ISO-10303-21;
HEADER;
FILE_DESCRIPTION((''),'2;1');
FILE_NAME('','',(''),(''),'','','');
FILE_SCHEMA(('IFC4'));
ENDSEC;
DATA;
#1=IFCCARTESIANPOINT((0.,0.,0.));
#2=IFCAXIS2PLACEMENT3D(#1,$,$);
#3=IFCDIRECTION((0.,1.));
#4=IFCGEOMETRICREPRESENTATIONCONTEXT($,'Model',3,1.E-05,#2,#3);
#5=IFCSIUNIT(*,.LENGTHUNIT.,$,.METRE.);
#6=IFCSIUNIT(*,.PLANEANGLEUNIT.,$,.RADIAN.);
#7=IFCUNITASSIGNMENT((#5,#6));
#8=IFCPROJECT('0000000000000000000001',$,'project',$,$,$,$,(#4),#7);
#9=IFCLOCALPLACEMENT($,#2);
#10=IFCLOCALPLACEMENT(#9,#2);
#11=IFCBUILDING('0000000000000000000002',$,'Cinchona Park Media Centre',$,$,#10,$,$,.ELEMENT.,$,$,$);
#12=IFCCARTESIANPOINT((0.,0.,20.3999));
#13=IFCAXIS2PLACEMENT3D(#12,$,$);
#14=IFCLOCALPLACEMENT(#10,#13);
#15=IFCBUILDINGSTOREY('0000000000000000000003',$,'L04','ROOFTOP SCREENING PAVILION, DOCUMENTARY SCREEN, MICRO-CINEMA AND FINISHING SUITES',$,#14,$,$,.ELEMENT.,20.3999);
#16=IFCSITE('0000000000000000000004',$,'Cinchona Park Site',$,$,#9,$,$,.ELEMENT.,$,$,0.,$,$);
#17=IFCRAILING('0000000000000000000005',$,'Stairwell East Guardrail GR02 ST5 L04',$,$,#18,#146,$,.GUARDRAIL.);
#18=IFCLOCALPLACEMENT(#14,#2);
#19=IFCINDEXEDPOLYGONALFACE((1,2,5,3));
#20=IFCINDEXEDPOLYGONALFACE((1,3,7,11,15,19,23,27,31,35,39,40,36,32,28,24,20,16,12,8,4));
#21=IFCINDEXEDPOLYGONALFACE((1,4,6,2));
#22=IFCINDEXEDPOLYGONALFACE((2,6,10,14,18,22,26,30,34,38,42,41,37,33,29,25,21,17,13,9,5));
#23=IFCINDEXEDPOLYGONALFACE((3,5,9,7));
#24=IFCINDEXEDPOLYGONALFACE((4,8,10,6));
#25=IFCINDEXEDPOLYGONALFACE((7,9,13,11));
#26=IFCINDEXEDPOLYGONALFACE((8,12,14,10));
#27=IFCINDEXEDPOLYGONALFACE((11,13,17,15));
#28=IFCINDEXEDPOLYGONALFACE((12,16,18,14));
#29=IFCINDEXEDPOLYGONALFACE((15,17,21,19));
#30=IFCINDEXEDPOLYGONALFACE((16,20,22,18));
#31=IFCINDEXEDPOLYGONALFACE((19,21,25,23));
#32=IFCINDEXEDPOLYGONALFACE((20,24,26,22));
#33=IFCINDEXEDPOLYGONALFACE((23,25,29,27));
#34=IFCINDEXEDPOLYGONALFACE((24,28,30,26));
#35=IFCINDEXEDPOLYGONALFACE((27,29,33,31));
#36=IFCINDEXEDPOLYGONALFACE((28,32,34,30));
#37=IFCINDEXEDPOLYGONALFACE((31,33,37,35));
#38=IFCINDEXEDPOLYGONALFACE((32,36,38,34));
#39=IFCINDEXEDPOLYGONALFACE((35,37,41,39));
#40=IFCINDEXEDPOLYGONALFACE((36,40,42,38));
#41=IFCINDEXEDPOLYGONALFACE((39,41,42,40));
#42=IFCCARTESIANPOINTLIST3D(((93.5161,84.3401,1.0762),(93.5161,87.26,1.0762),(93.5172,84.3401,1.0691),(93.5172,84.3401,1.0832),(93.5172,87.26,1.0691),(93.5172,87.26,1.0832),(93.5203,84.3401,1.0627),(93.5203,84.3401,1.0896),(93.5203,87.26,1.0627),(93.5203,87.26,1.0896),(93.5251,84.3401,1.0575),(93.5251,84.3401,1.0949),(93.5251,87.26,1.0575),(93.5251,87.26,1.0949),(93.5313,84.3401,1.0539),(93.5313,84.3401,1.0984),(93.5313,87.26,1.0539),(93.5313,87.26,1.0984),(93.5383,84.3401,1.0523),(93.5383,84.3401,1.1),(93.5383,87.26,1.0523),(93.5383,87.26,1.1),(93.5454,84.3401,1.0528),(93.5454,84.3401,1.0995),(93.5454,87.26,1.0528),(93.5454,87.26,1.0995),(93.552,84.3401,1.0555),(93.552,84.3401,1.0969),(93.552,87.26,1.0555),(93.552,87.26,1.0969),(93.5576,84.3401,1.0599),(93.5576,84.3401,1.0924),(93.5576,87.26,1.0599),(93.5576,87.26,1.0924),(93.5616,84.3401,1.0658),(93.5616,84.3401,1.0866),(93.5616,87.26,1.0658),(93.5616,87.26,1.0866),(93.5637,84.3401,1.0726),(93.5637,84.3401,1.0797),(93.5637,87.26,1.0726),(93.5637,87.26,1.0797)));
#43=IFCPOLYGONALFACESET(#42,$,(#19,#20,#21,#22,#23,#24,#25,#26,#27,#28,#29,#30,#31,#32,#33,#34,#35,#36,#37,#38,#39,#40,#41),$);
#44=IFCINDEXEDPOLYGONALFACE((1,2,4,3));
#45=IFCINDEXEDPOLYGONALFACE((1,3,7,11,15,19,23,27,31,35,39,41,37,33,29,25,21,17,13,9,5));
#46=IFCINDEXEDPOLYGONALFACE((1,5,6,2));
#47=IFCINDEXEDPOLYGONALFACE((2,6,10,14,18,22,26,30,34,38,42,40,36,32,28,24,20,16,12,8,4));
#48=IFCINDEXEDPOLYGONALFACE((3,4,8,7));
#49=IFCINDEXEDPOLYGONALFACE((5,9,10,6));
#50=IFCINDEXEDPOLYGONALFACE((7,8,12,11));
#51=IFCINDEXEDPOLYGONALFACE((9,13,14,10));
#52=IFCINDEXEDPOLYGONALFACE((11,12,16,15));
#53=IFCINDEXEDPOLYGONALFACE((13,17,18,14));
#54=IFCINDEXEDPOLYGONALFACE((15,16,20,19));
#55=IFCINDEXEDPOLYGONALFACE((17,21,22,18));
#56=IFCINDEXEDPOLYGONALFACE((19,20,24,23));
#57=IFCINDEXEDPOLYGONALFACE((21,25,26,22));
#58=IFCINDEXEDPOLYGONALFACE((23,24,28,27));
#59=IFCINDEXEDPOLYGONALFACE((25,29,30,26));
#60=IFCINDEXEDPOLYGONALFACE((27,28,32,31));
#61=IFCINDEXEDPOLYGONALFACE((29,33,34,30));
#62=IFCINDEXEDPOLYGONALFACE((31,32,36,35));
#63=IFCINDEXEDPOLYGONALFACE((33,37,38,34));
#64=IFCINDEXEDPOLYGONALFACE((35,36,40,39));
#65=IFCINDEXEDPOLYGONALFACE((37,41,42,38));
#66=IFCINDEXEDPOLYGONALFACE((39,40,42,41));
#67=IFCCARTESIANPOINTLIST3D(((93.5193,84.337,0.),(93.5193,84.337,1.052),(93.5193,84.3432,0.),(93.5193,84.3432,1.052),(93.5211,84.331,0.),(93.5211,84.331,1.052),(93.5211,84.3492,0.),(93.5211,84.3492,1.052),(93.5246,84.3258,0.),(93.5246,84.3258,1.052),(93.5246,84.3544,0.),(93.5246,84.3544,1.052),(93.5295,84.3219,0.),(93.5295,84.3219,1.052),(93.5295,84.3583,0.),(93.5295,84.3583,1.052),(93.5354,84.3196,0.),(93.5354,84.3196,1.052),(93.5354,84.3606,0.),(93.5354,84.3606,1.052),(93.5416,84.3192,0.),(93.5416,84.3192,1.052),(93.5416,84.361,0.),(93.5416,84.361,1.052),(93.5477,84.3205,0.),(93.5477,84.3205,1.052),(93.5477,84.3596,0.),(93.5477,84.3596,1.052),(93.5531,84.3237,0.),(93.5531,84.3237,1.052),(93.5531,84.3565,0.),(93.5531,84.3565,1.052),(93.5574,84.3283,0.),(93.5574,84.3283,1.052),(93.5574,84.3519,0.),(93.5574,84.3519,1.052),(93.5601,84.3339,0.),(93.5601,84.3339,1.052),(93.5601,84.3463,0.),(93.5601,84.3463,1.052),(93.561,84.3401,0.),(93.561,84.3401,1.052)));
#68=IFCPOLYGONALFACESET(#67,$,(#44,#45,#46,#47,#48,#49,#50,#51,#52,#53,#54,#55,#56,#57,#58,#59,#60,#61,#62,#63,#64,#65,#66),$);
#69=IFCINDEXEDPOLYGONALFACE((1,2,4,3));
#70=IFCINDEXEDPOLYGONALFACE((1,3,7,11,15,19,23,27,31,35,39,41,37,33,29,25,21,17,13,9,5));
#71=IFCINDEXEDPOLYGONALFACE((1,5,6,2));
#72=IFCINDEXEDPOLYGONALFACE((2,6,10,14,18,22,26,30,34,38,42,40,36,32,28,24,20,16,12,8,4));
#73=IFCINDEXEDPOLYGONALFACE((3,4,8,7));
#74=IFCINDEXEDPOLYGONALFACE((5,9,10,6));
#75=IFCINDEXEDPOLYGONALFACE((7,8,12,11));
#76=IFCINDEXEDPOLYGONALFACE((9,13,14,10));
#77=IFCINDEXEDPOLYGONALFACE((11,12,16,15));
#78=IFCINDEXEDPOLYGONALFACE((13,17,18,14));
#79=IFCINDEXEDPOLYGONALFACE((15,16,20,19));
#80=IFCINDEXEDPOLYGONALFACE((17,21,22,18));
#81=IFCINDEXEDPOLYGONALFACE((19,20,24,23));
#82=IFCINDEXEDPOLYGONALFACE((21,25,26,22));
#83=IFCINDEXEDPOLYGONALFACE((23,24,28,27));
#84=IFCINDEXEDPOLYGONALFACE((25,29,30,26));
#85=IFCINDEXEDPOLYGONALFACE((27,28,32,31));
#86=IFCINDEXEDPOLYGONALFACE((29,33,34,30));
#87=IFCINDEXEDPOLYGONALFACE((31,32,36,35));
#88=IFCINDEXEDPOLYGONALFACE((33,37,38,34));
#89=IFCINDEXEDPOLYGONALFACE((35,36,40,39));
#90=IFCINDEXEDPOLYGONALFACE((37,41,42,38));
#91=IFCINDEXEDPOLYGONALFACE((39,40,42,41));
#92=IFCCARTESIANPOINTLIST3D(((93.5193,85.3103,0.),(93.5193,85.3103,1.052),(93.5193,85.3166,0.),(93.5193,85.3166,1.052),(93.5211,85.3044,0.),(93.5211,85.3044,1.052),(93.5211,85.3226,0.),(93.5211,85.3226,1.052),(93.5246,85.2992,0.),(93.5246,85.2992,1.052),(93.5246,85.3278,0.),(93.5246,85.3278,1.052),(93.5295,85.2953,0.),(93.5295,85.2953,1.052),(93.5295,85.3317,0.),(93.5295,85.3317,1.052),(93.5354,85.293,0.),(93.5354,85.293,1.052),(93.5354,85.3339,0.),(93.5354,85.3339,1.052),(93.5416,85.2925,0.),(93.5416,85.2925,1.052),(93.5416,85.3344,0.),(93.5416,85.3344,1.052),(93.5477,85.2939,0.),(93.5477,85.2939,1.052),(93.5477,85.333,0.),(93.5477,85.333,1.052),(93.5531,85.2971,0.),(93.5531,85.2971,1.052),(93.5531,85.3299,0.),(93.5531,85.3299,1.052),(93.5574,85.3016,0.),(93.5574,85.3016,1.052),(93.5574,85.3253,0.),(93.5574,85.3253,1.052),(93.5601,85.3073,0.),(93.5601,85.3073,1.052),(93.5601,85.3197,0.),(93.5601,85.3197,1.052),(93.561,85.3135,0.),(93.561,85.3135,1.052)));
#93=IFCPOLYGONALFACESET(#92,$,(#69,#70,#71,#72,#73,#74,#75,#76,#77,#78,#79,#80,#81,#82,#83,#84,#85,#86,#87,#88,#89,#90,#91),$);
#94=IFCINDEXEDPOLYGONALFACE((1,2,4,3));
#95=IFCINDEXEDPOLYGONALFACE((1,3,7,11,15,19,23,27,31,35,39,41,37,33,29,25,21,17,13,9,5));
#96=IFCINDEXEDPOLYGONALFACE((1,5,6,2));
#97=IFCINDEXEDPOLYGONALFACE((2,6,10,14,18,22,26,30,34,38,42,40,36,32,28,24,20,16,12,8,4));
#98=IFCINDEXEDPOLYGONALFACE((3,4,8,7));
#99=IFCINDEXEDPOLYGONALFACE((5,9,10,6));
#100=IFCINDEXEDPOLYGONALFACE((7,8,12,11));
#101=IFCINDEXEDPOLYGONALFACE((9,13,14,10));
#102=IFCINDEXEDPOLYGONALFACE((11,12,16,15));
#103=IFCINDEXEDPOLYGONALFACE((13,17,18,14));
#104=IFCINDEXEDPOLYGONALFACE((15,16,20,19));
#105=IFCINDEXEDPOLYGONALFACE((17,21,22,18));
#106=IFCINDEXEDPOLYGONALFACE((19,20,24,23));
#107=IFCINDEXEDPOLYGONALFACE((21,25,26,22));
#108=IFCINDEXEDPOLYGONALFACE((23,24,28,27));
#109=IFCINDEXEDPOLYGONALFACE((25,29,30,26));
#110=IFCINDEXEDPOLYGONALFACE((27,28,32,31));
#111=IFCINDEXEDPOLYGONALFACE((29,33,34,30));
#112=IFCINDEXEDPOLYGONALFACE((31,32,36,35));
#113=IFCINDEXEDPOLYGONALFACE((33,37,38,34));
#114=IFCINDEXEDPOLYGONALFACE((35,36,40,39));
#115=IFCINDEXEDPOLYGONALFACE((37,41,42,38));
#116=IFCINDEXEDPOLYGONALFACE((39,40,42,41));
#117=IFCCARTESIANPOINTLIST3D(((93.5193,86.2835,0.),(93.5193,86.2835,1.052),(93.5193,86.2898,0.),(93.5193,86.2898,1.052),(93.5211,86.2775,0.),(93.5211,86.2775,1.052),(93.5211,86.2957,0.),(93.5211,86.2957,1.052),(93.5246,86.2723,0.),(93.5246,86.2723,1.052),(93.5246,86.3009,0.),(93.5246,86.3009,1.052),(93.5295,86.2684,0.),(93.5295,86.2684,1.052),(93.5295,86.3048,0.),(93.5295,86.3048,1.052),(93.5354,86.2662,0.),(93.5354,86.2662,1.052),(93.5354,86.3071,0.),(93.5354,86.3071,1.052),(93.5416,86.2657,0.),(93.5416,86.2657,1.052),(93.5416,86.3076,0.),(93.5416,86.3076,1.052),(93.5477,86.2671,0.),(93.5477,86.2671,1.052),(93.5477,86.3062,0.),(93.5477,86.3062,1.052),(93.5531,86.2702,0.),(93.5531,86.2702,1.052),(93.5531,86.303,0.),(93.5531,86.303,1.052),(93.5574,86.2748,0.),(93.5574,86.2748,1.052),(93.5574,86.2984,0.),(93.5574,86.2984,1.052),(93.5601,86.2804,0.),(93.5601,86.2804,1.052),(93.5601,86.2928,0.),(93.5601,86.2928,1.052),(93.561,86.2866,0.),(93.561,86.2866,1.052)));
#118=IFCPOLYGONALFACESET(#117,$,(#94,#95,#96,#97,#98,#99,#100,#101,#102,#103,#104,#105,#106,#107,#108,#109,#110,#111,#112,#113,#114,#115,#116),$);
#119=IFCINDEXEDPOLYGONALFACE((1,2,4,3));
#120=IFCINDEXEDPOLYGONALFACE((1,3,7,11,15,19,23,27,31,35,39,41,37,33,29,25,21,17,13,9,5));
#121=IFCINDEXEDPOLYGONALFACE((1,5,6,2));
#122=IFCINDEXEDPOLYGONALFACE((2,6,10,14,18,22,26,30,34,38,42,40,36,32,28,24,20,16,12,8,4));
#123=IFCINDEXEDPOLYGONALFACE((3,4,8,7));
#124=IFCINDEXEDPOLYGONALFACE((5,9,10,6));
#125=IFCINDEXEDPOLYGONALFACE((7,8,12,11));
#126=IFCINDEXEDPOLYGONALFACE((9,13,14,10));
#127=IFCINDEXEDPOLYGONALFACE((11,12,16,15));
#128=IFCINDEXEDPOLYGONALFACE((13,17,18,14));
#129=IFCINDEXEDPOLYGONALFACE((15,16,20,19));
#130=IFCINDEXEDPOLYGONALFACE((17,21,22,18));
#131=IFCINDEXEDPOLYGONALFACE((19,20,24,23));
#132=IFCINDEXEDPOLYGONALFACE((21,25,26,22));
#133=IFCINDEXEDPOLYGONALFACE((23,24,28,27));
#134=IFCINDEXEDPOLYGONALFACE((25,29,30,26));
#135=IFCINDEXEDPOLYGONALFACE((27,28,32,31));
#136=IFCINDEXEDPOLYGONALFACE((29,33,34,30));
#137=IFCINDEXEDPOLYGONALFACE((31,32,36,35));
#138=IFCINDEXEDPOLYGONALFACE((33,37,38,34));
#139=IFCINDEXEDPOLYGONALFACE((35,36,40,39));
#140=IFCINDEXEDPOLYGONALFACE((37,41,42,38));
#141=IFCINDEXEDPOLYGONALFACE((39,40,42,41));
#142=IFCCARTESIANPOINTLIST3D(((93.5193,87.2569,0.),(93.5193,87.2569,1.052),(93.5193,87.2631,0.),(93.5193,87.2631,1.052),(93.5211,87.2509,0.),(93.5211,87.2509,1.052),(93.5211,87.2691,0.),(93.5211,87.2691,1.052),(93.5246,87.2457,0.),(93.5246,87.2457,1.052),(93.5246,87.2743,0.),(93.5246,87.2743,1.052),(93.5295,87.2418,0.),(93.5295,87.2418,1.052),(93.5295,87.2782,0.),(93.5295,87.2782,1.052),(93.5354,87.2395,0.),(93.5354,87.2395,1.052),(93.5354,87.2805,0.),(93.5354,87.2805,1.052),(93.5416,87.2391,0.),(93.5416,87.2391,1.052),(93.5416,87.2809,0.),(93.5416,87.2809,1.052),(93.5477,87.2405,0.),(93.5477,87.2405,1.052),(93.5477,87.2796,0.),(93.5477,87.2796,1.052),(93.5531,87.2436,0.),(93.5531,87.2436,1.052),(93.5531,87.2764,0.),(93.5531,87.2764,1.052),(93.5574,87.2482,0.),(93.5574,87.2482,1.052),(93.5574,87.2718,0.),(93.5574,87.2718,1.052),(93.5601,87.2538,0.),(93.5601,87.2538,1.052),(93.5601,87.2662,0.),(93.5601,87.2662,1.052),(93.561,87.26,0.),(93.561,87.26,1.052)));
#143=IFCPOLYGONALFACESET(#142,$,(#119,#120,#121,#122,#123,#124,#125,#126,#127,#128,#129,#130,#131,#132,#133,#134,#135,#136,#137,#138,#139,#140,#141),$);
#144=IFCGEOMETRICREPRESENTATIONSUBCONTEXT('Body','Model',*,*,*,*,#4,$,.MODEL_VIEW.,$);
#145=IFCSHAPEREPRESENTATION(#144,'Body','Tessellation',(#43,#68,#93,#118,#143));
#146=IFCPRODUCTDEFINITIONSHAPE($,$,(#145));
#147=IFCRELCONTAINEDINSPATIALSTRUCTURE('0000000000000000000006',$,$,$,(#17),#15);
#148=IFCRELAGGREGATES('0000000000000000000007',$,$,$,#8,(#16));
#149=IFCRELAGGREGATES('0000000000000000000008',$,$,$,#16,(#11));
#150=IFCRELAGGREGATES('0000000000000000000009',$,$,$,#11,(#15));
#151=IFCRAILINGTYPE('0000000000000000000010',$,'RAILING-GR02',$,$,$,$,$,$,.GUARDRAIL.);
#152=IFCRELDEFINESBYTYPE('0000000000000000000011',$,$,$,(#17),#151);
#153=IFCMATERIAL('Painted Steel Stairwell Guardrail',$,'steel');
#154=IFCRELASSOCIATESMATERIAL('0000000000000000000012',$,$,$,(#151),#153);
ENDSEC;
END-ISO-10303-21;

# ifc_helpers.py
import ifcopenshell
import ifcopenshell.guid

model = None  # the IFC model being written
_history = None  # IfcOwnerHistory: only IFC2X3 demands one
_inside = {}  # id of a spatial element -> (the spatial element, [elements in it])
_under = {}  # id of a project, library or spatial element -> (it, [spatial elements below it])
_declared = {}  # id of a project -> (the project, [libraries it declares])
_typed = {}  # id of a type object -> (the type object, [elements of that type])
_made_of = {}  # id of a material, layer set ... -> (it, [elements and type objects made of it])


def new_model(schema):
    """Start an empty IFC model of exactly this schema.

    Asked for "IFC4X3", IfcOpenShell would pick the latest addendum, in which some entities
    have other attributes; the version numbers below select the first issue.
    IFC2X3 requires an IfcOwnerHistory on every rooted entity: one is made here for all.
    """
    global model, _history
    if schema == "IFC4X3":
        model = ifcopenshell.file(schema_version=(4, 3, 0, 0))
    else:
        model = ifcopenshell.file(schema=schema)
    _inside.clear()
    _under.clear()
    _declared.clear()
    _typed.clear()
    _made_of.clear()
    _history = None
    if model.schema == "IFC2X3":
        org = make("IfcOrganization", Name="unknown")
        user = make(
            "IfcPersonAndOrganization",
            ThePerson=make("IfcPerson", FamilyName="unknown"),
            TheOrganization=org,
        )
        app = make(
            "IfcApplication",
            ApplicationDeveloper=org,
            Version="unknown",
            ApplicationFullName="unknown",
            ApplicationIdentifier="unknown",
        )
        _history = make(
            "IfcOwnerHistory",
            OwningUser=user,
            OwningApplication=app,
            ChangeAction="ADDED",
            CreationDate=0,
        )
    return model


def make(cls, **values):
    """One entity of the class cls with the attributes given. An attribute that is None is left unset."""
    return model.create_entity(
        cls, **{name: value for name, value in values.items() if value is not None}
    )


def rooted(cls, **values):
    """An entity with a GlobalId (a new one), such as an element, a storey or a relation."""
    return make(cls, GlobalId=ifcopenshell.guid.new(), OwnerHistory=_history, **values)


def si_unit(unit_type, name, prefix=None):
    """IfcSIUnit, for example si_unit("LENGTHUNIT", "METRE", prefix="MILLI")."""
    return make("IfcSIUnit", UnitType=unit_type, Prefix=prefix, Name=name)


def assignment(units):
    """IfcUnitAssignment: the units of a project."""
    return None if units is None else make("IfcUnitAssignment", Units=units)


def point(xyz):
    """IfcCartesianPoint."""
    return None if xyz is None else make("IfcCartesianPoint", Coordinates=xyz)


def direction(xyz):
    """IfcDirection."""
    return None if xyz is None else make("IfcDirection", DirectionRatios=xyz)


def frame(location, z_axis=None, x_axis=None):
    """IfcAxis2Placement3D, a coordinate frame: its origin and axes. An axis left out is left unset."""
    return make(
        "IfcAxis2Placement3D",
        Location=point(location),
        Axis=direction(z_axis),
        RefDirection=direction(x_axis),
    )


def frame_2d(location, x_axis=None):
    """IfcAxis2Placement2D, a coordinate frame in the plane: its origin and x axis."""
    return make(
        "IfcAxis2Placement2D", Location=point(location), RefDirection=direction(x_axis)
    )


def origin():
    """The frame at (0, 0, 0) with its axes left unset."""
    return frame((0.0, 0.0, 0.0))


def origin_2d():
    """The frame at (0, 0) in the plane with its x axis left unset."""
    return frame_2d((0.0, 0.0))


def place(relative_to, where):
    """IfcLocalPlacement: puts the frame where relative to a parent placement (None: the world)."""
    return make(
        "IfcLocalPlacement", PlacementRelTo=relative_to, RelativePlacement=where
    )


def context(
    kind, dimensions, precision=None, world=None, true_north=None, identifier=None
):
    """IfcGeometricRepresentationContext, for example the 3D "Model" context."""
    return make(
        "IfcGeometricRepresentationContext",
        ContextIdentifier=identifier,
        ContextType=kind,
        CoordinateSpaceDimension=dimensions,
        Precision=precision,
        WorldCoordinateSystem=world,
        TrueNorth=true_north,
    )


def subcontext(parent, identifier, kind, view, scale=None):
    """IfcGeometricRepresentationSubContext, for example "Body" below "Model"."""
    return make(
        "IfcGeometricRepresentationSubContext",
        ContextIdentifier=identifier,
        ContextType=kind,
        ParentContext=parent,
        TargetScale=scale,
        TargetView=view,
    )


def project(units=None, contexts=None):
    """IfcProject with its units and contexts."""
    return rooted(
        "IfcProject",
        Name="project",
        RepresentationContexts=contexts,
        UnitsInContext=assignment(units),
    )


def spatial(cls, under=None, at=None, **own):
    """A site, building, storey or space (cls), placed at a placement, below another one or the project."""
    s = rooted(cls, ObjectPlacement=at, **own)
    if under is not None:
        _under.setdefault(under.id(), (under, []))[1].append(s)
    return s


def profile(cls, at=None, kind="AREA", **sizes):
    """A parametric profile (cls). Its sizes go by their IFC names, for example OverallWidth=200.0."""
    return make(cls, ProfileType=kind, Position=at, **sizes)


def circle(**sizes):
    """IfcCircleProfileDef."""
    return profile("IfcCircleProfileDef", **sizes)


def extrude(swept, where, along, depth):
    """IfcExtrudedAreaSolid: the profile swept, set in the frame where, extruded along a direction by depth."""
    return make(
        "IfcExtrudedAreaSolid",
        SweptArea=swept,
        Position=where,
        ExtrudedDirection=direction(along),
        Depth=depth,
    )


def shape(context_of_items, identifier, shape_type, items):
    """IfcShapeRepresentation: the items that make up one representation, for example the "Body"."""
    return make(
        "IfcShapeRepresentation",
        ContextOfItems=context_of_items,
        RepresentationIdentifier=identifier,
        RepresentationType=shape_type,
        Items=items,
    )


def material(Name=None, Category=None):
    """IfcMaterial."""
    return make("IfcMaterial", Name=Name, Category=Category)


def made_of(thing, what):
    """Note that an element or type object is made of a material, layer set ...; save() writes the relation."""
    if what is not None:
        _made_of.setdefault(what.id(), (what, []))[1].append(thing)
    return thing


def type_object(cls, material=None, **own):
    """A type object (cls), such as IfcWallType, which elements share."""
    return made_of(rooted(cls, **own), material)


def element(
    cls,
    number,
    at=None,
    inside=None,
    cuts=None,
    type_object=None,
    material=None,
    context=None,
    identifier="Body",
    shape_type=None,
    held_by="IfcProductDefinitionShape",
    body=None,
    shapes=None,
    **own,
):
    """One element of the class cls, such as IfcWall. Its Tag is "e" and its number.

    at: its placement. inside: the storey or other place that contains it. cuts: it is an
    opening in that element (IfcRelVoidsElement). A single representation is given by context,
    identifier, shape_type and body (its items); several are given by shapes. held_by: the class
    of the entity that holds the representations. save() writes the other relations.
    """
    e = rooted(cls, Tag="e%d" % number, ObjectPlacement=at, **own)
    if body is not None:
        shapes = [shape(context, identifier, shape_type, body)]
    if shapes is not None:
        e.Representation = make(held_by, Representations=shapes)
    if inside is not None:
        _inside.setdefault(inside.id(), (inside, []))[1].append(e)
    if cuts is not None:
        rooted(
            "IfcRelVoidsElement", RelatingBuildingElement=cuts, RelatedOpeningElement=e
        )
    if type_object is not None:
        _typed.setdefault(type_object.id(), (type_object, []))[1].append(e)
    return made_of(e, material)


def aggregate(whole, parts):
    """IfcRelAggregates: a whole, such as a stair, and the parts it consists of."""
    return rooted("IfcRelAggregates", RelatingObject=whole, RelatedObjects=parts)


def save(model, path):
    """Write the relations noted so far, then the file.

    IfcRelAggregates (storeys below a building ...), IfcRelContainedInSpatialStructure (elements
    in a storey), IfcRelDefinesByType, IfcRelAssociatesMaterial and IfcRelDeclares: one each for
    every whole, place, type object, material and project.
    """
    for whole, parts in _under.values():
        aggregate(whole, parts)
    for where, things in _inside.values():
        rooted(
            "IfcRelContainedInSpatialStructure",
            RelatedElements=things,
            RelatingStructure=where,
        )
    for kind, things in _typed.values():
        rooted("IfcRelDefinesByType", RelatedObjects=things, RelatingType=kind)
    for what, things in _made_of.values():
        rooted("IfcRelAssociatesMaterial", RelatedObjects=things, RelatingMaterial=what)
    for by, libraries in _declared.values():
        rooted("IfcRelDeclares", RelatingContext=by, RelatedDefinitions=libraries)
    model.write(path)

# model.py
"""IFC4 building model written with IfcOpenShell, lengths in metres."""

from ifc_helpers import new_model, si_unit, direction, frame, origin, origin_2d, place, context, subcontext, project, spatial, circle, extrude, material, type_object, element, save


model = new_model("IFC4")

# Units and contexts
model_context = context("Model", 3, precision=1e-05, world=origin(), true_north=direction((0.0, 1.0)))
body_context = subcontext(model_context, "Body", "Model", "MODEL_VIEW")
ifc_project = project(units=[si_unit("LENGTHUNIT", "METRE"), si_unit("PLANEANGLEUNIT", "RADIAN")], contexts=[model_context])

# Site, building, storey
site_placement = place(None, origin())
site = spatial("IfcSite", under=ifc_project, at=site_placement, Name="Cinchona Park Site", CompositionType="ELEMENT", RefElevation=0.0)
building_placement = place(site_placement, origin())
building = spatial("IfcBuilding", under=site, at=building_placement, Name="Cinchona Park Media Centre", CompositionType="ELEMENT")
storey_placement = place(building_placement, frame((0.0, 0.0, 20.3999)))
storey = spatial("IfcBuildingStorey", under=building, at=storey_placement, Name="L04", Description="ROOFTOP SCREENING PAVILION, DOCUMENTARY SCREEN, MICRO-CINEMA AND FINISHING SUITES", CompositionType="ELEMENT", Elevation=20.3999)

# Railing
ifc_material_1 = material(Name="Painted Steel Stairwell Guardrail", Category="steel")
railing_type = type_object("IfcRailingType", Name="RAILING-GR02", PredefinedType="GUARDRAIL", material=ifc_material_1)
railing_1_placement = place(storey_placement, frame((93.54, 84.3401, 0.0)))
element("IfcRailing", 1, at=railing_1_placement, inside=storey, type_object=railing_type, Name="Stairwell East Guardrail GR02 ST5 L04", PredefinedType="GUARDRAIL", context=body_context, shape_type="SweptSolid", body=[
    extrude(circle(Radius=0.0239, at=origin_2d()), frame((0.0, 0.0, 1.0762), z_axis=(0.0, 1.0, 0.0), x_axis=(-1.0, 0.0, 0.0)), (0.0, 0.0, 1.0), 2.9199),
    extrude(circle(Radius=0.021, at=origin_2d()), origin(), (0.0, 0.0, 1.0), 1.052),
    extrude(circle(Radius=0.021, at=origin_2d()), frame((0.0, 0.9734, 0.0)), (0.0, 0.0, 1.0), 1.052),
    extrude(circle(Radius=0.021, at=origin_2d()), frame((0.0, 1.9465, 0.0)), (0.0, 0.0, 1.0), 1.052),
    extrude(circle(Radius=0.021, at=origin_2d()), frame((0.0, 2.9199, 0.0)), (0.0, 0.0, 1.0), 1.052),
])

save(model, "model.ifc")
